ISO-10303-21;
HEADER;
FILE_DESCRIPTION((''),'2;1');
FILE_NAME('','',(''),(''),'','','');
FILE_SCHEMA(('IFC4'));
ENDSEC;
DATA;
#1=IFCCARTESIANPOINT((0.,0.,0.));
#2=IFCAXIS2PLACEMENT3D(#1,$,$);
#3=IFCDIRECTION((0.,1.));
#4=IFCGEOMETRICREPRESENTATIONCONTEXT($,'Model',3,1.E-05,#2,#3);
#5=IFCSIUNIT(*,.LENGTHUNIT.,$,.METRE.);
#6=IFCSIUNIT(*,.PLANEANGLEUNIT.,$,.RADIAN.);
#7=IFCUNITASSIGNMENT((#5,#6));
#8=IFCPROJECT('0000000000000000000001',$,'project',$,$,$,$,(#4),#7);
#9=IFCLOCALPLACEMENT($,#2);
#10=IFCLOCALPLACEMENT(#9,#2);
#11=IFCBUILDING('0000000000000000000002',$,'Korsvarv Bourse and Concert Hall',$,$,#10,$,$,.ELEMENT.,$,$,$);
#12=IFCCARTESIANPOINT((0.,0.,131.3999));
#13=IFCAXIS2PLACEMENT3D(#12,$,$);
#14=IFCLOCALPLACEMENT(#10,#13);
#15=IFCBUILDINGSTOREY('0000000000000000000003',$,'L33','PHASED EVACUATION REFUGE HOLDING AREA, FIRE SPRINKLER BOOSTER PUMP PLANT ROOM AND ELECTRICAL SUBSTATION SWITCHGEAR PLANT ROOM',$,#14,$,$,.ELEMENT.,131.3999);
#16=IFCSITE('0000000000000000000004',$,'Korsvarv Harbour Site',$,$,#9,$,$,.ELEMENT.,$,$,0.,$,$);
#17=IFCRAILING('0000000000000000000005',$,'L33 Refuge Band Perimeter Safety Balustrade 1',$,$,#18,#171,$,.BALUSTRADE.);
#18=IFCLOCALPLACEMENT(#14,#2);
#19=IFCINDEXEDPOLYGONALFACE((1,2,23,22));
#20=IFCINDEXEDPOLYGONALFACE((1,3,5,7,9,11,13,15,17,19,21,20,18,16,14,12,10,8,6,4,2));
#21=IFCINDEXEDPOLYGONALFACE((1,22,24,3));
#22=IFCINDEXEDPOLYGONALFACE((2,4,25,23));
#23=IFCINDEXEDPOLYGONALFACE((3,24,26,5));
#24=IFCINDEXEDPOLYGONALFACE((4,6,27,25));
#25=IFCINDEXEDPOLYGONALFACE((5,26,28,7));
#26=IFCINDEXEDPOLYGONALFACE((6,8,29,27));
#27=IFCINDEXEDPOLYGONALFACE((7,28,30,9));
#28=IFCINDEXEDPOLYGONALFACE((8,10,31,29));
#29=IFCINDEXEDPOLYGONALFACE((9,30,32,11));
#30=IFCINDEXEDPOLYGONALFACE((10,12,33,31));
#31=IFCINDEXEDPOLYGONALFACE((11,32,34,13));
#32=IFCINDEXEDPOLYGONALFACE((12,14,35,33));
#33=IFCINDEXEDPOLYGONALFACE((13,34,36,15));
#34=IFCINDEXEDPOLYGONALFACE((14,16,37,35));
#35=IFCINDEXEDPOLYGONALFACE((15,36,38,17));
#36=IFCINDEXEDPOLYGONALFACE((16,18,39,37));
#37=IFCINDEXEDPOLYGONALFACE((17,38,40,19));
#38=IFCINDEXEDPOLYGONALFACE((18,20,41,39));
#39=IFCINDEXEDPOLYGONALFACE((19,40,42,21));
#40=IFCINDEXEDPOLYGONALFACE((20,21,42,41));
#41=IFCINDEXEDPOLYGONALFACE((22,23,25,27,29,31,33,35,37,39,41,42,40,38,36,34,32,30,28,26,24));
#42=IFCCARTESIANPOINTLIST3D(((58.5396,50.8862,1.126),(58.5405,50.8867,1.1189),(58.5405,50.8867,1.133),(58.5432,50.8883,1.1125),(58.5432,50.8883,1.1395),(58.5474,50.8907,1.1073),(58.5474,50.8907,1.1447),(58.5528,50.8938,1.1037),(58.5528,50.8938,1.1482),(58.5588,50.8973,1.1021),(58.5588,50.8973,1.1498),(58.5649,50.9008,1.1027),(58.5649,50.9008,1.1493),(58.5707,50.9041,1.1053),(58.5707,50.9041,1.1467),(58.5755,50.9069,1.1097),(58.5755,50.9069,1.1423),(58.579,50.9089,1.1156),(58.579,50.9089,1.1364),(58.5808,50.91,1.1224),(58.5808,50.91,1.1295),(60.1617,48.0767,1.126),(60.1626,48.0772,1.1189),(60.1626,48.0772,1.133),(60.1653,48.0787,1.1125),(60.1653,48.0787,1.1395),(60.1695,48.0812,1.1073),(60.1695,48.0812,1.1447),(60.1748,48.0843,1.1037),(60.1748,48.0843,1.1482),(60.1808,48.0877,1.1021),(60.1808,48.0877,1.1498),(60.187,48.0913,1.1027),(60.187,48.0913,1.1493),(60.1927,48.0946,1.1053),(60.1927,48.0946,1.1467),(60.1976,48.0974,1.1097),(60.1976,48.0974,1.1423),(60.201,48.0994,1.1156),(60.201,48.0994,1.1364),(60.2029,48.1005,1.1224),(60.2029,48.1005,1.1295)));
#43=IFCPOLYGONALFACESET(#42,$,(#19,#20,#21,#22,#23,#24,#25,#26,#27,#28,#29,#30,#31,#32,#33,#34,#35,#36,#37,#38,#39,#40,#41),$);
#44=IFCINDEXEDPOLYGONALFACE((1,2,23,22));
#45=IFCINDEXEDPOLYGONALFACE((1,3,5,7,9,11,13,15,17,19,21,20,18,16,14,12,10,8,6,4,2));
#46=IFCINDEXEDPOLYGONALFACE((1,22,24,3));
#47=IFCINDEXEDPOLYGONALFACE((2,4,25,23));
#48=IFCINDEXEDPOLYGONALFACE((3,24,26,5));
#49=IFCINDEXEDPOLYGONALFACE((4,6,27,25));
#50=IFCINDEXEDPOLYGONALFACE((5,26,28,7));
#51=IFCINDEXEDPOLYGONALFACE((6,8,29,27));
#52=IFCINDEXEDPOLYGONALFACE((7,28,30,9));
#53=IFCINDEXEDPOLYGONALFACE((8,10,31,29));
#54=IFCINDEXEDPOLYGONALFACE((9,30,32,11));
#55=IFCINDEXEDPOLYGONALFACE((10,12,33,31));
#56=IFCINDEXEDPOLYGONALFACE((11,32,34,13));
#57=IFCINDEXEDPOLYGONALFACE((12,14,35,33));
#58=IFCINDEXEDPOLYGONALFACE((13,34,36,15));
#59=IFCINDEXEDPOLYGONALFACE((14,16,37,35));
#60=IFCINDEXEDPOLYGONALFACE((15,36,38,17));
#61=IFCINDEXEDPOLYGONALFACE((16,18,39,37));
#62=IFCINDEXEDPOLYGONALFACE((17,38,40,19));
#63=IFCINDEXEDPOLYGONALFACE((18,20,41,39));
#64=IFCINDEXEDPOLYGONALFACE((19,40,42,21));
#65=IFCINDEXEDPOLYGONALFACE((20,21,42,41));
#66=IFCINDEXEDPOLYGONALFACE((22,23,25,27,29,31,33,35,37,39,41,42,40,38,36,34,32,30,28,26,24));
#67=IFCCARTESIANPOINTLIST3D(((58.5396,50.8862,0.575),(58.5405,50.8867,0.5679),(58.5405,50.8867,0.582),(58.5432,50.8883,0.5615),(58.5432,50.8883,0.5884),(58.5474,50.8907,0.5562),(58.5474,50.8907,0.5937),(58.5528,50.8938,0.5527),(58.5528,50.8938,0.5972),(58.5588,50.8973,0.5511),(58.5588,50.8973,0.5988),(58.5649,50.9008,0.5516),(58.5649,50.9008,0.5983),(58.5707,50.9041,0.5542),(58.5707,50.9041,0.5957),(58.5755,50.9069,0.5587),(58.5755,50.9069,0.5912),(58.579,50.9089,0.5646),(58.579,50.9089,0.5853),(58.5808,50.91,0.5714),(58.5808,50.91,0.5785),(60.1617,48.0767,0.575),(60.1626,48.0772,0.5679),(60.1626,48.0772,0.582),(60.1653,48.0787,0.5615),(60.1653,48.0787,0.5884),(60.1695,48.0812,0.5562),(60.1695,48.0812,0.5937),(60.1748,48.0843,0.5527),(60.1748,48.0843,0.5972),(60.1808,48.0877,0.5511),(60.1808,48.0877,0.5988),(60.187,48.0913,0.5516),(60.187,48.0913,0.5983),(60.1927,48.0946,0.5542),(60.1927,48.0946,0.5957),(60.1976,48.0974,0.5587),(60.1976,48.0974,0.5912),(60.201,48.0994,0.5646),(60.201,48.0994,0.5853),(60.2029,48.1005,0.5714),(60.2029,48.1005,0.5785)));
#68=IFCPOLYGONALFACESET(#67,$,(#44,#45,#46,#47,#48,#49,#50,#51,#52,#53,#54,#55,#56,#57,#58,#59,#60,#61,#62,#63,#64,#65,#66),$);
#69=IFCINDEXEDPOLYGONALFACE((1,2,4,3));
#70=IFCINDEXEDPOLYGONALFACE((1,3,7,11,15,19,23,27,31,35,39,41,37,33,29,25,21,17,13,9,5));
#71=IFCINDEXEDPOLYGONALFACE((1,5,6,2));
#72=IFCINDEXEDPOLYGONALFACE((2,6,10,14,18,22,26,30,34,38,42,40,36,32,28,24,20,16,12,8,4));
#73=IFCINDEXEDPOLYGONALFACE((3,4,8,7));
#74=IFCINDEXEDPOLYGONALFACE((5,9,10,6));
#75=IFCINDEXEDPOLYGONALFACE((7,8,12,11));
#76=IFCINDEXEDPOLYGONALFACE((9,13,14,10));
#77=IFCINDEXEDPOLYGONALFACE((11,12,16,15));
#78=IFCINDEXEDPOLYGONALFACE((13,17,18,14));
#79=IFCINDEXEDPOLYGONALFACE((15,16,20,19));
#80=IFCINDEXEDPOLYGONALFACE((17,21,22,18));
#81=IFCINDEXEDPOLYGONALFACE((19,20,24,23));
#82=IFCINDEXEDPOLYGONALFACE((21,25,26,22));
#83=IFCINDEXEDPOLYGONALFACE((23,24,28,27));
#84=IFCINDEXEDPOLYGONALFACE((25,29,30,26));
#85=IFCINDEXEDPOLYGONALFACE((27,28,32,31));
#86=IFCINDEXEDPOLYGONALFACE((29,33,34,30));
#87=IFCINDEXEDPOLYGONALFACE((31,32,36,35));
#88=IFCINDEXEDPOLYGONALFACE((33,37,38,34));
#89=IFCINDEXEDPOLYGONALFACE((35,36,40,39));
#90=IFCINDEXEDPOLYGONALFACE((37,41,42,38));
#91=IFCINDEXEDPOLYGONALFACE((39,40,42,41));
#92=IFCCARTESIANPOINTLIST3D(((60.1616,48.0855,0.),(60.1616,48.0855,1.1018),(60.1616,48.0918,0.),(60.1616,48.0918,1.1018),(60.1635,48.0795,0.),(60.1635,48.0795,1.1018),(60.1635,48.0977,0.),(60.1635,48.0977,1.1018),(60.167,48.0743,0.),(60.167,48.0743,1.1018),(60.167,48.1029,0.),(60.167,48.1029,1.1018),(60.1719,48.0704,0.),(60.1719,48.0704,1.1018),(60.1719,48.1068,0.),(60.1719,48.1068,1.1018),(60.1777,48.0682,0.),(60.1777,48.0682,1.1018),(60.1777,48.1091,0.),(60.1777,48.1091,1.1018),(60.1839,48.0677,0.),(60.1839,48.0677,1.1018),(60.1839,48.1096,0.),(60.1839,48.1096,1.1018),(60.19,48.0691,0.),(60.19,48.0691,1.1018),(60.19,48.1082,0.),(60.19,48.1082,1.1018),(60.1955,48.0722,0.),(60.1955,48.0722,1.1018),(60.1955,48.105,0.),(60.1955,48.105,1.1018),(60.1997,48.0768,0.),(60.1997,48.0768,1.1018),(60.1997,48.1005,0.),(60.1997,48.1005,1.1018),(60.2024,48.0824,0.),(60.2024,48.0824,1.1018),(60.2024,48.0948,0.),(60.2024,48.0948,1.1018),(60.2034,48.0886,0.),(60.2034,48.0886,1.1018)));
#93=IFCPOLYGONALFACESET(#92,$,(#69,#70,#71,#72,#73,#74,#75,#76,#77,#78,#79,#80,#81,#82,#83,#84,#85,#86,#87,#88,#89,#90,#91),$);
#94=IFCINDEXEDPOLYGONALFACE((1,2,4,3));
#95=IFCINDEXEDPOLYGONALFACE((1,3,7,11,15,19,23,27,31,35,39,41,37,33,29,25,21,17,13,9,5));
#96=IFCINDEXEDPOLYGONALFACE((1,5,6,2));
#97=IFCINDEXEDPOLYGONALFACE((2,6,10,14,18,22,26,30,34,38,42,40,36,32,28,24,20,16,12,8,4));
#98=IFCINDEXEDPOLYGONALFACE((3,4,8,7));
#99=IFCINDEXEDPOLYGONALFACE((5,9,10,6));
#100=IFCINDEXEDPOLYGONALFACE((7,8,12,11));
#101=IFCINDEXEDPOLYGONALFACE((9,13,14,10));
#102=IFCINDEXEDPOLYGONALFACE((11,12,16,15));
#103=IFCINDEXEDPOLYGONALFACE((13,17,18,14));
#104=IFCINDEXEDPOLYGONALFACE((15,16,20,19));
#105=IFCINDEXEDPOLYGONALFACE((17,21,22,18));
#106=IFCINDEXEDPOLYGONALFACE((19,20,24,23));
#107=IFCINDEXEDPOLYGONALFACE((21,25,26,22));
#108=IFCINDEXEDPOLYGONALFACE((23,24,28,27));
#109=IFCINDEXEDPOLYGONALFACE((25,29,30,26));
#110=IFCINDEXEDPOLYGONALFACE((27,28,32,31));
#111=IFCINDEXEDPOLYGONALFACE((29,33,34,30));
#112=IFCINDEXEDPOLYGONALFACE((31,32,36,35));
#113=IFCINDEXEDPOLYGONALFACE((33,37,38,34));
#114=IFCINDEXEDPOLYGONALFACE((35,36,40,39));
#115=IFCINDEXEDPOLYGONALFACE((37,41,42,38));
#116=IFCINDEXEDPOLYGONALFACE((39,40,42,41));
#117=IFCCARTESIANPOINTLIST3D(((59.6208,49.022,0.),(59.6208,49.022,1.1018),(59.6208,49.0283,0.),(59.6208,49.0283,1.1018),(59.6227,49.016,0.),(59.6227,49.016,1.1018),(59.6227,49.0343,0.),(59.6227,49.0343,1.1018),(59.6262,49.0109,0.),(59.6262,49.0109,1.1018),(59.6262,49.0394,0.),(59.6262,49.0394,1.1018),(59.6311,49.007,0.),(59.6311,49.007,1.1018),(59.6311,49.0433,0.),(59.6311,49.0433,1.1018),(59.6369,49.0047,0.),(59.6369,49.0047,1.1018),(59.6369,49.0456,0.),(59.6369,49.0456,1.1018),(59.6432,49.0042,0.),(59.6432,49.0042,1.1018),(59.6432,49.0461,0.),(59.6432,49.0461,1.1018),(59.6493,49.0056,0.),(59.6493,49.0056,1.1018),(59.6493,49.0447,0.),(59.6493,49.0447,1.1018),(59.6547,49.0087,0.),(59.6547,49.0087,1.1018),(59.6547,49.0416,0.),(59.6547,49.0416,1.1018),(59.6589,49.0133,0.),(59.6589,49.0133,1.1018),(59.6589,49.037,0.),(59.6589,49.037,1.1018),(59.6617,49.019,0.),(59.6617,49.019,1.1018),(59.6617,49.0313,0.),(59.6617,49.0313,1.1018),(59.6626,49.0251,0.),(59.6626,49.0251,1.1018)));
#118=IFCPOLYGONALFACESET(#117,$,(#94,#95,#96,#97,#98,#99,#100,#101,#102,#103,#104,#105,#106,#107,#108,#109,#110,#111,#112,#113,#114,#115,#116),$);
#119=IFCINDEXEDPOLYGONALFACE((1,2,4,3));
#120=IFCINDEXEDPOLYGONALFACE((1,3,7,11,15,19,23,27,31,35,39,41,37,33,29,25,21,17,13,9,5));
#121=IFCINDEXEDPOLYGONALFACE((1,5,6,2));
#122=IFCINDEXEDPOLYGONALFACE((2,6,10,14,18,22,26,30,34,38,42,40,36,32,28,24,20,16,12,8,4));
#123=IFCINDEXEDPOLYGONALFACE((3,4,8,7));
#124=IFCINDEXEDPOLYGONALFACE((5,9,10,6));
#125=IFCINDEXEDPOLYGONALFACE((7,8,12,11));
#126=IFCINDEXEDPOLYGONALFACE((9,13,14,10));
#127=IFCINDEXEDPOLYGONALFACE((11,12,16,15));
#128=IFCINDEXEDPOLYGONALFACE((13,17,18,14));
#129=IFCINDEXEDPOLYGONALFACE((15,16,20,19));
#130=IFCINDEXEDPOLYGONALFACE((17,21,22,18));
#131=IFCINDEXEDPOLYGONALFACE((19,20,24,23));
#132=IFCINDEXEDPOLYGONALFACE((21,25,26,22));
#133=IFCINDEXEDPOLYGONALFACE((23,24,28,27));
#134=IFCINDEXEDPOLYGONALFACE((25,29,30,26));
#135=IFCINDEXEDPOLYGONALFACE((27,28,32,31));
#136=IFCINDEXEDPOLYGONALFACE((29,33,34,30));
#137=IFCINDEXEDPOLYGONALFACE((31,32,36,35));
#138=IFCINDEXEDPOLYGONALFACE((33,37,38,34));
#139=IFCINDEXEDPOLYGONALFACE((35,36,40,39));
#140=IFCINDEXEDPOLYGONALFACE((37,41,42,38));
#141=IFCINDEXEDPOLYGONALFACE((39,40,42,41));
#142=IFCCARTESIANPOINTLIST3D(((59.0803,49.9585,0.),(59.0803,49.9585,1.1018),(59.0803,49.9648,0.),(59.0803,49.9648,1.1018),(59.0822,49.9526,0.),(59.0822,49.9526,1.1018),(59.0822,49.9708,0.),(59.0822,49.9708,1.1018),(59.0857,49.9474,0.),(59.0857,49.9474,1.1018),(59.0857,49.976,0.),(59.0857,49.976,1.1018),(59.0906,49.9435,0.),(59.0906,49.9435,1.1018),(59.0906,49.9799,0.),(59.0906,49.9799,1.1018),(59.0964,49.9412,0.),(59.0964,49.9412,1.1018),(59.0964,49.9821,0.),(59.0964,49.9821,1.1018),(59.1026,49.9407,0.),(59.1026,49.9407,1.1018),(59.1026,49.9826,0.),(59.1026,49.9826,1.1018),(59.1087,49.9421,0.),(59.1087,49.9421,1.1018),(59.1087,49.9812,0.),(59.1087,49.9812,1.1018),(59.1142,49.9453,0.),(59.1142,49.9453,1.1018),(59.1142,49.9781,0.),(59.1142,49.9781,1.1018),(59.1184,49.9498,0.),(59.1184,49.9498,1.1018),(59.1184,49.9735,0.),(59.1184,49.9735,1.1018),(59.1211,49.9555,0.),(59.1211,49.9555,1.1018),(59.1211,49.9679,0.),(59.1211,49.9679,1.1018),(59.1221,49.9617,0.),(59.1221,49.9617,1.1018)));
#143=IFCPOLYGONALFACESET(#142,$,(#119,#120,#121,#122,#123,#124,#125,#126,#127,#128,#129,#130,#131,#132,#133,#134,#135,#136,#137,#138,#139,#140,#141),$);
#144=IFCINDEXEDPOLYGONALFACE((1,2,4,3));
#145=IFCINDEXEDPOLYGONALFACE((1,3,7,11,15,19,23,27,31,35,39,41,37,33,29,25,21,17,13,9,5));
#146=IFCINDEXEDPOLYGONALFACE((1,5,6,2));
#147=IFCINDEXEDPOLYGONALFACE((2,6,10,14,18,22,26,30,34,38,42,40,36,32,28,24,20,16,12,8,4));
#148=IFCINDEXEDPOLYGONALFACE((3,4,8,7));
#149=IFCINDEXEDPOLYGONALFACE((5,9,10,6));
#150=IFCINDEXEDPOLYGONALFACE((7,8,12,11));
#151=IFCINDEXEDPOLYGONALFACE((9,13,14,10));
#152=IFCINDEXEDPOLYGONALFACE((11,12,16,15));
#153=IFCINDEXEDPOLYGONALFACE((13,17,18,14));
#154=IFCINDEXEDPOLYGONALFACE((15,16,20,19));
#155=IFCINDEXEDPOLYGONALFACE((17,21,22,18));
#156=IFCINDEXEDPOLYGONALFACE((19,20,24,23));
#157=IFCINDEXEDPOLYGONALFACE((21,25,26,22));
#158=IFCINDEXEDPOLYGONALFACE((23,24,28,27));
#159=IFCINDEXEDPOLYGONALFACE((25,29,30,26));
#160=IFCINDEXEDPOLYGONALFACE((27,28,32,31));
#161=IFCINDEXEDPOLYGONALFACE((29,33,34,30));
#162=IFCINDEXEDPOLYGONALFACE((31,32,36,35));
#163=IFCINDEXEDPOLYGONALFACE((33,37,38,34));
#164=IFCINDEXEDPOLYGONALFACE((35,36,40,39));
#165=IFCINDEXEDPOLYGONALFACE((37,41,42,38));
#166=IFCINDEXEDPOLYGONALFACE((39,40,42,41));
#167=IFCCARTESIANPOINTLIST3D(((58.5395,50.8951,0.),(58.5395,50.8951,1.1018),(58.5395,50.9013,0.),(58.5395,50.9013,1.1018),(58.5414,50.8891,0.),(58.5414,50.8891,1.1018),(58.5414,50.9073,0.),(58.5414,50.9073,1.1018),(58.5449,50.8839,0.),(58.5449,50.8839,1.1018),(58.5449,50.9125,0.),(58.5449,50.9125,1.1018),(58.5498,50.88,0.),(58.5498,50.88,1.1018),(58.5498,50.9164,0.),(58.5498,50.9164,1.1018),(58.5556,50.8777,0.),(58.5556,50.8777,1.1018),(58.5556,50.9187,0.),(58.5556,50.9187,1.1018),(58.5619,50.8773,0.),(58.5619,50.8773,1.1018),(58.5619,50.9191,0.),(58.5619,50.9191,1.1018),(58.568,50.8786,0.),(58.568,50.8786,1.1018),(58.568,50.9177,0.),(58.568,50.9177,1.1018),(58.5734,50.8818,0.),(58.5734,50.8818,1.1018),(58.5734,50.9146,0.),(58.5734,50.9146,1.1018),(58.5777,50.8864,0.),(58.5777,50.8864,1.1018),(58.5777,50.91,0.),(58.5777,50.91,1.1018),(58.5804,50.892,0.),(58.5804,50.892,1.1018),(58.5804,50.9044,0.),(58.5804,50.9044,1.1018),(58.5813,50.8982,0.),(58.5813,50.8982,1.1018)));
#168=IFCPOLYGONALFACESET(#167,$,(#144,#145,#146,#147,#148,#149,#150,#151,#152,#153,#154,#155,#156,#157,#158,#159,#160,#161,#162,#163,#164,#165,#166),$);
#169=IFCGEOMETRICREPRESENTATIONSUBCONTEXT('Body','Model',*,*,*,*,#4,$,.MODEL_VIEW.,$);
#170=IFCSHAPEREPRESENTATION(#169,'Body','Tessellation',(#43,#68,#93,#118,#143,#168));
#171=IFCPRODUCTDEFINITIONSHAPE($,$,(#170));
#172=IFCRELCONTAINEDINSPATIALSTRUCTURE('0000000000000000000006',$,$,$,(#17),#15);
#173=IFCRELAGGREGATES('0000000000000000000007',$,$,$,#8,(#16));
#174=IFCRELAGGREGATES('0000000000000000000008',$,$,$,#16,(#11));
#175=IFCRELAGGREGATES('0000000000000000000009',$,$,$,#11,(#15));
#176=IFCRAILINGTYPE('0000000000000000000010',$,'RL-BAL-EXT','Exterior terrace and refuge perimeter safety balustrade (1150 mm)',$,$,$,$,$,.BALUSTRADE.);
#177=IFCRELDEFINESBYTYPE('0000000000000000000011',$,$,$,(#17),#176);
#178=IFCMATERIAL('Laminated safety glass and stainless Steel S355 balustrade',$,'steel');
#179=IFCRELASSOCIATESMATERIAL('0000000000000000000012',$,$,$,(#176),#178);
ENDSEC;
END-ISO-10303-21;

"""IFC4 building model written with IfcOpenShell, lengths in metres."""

from ifc_helpers import new_model, si_unit, direction, frame, origin, origin_2d, place, context, subcontext, project, spatial, circle, extrude, material, type_object, element, save


model = new_model("IFC4")

# Units and contexts
model_context = context("Model", 3, precision=1e-05, world=origin(), true_north=direction((0.0, 1.0)))
body_context = subcontext(model_context, "Body", "Model", "MODEL_VIEW")
ifc_project = project(units=[si_unit("LENGTHUNIT", "METRE"), si_unit("PLANEANGLEUNIT", "RADIAN")], contexts=[model_context])

# Site, building, storey
site_placement = place(None, origin())
site = spatial("IfcSite", under=ifc_project, at=site_placement, Name="Korsvarv Harbour Site", CompositionType="ELEMENT", RefElevation=0.0)
building_placement = place(site_placement, origin())
building = spatial("IfcBuilding", under=site, at=building_placement, Name="Korsvarv Bourse and Concert Hall", CompositionType="ELEMENT")
storey_placement = place(building_placement, frame((0.0, 0.0, 131.3999)))
storey = spatial("IfcBuildingStorey", under=building, at=storey_placement, Name="L33", Description="PHASED EVACUATION REFUGE HOLDING AREA, FIRE SPRINKLER BOOSTER PUMP PLANT ROOM AND ELECTRICAL SUBSTATION SWITCHGEAR PLANT ROOM", CompositionType="ELEMENT", Elevation=131.3999)

# Railing
ifc_material_1 = material(Name="Laminated safety glass and stainless Steel S355 balustrade", Category="steel")
railing_type = type_object("IfcRailingType", Name="RL-BAL-EXT", Description="Exterior terrace and refuge perimeter safety balustrade (1150 mm)", PredefinedType="BALUSTRADE", material=ifc_material_1)
railing_1_placement = place(storey_placement, frame((60.1824, 48.0886, 0.0)))
element("IfcRailing", 1, at=railing_1_placement, inside=storey, type_object=railing_type, Name="L33 Refuge Band Perimeter Safety Balustrade 1", PredefinedType="BALUSTRADE", context=body_context, shape_type="SweptSolid", body=[
    extrude(circle(Radius=0.0239, at=origin_2d()), frame((0.0, 0.0, 1.126), z_axis=(-0.499992, 0.86603, 0.0), x_axis=(-0.86603, -0.499992, 0.0)), (0.0, 0.0, 1.0), 3.2441),
    extrude(circle(Radius=0.0239, at=origin_2d()), frame((0.0, 0.0, 0.575), z_axis=(-0.499992, 0.86603, 0.0), x_axis=(-0.86603, -0.499992, 0.0)), (0.0, 0.0, 1.0), 3.2441),
    extrude(circle(Radius=0.021, at=origin_2d()), origin(), (0.0, 0.0, 1.0), 1.1018),
    extrude(circle(Radius=0.021, at=origin_2d()), frame((-0.5408, 0.9365, 0.0)), (0.0, 0.0, 1.0), 1.1018),
    extrude(circle(Radius=0.021, at=origin_2d()), frame((-1.0813, 1.873, 0.0)), (0.0, 0.0, 1.0), 1.1018),
    extrude(circle(Radius=0.021, at=origin_2d()), frame((-1.6221, 2.8096, 0.0)), (0.0, 0.0, 1.0), 1.1018),
])

save(model, "model.ifc")
